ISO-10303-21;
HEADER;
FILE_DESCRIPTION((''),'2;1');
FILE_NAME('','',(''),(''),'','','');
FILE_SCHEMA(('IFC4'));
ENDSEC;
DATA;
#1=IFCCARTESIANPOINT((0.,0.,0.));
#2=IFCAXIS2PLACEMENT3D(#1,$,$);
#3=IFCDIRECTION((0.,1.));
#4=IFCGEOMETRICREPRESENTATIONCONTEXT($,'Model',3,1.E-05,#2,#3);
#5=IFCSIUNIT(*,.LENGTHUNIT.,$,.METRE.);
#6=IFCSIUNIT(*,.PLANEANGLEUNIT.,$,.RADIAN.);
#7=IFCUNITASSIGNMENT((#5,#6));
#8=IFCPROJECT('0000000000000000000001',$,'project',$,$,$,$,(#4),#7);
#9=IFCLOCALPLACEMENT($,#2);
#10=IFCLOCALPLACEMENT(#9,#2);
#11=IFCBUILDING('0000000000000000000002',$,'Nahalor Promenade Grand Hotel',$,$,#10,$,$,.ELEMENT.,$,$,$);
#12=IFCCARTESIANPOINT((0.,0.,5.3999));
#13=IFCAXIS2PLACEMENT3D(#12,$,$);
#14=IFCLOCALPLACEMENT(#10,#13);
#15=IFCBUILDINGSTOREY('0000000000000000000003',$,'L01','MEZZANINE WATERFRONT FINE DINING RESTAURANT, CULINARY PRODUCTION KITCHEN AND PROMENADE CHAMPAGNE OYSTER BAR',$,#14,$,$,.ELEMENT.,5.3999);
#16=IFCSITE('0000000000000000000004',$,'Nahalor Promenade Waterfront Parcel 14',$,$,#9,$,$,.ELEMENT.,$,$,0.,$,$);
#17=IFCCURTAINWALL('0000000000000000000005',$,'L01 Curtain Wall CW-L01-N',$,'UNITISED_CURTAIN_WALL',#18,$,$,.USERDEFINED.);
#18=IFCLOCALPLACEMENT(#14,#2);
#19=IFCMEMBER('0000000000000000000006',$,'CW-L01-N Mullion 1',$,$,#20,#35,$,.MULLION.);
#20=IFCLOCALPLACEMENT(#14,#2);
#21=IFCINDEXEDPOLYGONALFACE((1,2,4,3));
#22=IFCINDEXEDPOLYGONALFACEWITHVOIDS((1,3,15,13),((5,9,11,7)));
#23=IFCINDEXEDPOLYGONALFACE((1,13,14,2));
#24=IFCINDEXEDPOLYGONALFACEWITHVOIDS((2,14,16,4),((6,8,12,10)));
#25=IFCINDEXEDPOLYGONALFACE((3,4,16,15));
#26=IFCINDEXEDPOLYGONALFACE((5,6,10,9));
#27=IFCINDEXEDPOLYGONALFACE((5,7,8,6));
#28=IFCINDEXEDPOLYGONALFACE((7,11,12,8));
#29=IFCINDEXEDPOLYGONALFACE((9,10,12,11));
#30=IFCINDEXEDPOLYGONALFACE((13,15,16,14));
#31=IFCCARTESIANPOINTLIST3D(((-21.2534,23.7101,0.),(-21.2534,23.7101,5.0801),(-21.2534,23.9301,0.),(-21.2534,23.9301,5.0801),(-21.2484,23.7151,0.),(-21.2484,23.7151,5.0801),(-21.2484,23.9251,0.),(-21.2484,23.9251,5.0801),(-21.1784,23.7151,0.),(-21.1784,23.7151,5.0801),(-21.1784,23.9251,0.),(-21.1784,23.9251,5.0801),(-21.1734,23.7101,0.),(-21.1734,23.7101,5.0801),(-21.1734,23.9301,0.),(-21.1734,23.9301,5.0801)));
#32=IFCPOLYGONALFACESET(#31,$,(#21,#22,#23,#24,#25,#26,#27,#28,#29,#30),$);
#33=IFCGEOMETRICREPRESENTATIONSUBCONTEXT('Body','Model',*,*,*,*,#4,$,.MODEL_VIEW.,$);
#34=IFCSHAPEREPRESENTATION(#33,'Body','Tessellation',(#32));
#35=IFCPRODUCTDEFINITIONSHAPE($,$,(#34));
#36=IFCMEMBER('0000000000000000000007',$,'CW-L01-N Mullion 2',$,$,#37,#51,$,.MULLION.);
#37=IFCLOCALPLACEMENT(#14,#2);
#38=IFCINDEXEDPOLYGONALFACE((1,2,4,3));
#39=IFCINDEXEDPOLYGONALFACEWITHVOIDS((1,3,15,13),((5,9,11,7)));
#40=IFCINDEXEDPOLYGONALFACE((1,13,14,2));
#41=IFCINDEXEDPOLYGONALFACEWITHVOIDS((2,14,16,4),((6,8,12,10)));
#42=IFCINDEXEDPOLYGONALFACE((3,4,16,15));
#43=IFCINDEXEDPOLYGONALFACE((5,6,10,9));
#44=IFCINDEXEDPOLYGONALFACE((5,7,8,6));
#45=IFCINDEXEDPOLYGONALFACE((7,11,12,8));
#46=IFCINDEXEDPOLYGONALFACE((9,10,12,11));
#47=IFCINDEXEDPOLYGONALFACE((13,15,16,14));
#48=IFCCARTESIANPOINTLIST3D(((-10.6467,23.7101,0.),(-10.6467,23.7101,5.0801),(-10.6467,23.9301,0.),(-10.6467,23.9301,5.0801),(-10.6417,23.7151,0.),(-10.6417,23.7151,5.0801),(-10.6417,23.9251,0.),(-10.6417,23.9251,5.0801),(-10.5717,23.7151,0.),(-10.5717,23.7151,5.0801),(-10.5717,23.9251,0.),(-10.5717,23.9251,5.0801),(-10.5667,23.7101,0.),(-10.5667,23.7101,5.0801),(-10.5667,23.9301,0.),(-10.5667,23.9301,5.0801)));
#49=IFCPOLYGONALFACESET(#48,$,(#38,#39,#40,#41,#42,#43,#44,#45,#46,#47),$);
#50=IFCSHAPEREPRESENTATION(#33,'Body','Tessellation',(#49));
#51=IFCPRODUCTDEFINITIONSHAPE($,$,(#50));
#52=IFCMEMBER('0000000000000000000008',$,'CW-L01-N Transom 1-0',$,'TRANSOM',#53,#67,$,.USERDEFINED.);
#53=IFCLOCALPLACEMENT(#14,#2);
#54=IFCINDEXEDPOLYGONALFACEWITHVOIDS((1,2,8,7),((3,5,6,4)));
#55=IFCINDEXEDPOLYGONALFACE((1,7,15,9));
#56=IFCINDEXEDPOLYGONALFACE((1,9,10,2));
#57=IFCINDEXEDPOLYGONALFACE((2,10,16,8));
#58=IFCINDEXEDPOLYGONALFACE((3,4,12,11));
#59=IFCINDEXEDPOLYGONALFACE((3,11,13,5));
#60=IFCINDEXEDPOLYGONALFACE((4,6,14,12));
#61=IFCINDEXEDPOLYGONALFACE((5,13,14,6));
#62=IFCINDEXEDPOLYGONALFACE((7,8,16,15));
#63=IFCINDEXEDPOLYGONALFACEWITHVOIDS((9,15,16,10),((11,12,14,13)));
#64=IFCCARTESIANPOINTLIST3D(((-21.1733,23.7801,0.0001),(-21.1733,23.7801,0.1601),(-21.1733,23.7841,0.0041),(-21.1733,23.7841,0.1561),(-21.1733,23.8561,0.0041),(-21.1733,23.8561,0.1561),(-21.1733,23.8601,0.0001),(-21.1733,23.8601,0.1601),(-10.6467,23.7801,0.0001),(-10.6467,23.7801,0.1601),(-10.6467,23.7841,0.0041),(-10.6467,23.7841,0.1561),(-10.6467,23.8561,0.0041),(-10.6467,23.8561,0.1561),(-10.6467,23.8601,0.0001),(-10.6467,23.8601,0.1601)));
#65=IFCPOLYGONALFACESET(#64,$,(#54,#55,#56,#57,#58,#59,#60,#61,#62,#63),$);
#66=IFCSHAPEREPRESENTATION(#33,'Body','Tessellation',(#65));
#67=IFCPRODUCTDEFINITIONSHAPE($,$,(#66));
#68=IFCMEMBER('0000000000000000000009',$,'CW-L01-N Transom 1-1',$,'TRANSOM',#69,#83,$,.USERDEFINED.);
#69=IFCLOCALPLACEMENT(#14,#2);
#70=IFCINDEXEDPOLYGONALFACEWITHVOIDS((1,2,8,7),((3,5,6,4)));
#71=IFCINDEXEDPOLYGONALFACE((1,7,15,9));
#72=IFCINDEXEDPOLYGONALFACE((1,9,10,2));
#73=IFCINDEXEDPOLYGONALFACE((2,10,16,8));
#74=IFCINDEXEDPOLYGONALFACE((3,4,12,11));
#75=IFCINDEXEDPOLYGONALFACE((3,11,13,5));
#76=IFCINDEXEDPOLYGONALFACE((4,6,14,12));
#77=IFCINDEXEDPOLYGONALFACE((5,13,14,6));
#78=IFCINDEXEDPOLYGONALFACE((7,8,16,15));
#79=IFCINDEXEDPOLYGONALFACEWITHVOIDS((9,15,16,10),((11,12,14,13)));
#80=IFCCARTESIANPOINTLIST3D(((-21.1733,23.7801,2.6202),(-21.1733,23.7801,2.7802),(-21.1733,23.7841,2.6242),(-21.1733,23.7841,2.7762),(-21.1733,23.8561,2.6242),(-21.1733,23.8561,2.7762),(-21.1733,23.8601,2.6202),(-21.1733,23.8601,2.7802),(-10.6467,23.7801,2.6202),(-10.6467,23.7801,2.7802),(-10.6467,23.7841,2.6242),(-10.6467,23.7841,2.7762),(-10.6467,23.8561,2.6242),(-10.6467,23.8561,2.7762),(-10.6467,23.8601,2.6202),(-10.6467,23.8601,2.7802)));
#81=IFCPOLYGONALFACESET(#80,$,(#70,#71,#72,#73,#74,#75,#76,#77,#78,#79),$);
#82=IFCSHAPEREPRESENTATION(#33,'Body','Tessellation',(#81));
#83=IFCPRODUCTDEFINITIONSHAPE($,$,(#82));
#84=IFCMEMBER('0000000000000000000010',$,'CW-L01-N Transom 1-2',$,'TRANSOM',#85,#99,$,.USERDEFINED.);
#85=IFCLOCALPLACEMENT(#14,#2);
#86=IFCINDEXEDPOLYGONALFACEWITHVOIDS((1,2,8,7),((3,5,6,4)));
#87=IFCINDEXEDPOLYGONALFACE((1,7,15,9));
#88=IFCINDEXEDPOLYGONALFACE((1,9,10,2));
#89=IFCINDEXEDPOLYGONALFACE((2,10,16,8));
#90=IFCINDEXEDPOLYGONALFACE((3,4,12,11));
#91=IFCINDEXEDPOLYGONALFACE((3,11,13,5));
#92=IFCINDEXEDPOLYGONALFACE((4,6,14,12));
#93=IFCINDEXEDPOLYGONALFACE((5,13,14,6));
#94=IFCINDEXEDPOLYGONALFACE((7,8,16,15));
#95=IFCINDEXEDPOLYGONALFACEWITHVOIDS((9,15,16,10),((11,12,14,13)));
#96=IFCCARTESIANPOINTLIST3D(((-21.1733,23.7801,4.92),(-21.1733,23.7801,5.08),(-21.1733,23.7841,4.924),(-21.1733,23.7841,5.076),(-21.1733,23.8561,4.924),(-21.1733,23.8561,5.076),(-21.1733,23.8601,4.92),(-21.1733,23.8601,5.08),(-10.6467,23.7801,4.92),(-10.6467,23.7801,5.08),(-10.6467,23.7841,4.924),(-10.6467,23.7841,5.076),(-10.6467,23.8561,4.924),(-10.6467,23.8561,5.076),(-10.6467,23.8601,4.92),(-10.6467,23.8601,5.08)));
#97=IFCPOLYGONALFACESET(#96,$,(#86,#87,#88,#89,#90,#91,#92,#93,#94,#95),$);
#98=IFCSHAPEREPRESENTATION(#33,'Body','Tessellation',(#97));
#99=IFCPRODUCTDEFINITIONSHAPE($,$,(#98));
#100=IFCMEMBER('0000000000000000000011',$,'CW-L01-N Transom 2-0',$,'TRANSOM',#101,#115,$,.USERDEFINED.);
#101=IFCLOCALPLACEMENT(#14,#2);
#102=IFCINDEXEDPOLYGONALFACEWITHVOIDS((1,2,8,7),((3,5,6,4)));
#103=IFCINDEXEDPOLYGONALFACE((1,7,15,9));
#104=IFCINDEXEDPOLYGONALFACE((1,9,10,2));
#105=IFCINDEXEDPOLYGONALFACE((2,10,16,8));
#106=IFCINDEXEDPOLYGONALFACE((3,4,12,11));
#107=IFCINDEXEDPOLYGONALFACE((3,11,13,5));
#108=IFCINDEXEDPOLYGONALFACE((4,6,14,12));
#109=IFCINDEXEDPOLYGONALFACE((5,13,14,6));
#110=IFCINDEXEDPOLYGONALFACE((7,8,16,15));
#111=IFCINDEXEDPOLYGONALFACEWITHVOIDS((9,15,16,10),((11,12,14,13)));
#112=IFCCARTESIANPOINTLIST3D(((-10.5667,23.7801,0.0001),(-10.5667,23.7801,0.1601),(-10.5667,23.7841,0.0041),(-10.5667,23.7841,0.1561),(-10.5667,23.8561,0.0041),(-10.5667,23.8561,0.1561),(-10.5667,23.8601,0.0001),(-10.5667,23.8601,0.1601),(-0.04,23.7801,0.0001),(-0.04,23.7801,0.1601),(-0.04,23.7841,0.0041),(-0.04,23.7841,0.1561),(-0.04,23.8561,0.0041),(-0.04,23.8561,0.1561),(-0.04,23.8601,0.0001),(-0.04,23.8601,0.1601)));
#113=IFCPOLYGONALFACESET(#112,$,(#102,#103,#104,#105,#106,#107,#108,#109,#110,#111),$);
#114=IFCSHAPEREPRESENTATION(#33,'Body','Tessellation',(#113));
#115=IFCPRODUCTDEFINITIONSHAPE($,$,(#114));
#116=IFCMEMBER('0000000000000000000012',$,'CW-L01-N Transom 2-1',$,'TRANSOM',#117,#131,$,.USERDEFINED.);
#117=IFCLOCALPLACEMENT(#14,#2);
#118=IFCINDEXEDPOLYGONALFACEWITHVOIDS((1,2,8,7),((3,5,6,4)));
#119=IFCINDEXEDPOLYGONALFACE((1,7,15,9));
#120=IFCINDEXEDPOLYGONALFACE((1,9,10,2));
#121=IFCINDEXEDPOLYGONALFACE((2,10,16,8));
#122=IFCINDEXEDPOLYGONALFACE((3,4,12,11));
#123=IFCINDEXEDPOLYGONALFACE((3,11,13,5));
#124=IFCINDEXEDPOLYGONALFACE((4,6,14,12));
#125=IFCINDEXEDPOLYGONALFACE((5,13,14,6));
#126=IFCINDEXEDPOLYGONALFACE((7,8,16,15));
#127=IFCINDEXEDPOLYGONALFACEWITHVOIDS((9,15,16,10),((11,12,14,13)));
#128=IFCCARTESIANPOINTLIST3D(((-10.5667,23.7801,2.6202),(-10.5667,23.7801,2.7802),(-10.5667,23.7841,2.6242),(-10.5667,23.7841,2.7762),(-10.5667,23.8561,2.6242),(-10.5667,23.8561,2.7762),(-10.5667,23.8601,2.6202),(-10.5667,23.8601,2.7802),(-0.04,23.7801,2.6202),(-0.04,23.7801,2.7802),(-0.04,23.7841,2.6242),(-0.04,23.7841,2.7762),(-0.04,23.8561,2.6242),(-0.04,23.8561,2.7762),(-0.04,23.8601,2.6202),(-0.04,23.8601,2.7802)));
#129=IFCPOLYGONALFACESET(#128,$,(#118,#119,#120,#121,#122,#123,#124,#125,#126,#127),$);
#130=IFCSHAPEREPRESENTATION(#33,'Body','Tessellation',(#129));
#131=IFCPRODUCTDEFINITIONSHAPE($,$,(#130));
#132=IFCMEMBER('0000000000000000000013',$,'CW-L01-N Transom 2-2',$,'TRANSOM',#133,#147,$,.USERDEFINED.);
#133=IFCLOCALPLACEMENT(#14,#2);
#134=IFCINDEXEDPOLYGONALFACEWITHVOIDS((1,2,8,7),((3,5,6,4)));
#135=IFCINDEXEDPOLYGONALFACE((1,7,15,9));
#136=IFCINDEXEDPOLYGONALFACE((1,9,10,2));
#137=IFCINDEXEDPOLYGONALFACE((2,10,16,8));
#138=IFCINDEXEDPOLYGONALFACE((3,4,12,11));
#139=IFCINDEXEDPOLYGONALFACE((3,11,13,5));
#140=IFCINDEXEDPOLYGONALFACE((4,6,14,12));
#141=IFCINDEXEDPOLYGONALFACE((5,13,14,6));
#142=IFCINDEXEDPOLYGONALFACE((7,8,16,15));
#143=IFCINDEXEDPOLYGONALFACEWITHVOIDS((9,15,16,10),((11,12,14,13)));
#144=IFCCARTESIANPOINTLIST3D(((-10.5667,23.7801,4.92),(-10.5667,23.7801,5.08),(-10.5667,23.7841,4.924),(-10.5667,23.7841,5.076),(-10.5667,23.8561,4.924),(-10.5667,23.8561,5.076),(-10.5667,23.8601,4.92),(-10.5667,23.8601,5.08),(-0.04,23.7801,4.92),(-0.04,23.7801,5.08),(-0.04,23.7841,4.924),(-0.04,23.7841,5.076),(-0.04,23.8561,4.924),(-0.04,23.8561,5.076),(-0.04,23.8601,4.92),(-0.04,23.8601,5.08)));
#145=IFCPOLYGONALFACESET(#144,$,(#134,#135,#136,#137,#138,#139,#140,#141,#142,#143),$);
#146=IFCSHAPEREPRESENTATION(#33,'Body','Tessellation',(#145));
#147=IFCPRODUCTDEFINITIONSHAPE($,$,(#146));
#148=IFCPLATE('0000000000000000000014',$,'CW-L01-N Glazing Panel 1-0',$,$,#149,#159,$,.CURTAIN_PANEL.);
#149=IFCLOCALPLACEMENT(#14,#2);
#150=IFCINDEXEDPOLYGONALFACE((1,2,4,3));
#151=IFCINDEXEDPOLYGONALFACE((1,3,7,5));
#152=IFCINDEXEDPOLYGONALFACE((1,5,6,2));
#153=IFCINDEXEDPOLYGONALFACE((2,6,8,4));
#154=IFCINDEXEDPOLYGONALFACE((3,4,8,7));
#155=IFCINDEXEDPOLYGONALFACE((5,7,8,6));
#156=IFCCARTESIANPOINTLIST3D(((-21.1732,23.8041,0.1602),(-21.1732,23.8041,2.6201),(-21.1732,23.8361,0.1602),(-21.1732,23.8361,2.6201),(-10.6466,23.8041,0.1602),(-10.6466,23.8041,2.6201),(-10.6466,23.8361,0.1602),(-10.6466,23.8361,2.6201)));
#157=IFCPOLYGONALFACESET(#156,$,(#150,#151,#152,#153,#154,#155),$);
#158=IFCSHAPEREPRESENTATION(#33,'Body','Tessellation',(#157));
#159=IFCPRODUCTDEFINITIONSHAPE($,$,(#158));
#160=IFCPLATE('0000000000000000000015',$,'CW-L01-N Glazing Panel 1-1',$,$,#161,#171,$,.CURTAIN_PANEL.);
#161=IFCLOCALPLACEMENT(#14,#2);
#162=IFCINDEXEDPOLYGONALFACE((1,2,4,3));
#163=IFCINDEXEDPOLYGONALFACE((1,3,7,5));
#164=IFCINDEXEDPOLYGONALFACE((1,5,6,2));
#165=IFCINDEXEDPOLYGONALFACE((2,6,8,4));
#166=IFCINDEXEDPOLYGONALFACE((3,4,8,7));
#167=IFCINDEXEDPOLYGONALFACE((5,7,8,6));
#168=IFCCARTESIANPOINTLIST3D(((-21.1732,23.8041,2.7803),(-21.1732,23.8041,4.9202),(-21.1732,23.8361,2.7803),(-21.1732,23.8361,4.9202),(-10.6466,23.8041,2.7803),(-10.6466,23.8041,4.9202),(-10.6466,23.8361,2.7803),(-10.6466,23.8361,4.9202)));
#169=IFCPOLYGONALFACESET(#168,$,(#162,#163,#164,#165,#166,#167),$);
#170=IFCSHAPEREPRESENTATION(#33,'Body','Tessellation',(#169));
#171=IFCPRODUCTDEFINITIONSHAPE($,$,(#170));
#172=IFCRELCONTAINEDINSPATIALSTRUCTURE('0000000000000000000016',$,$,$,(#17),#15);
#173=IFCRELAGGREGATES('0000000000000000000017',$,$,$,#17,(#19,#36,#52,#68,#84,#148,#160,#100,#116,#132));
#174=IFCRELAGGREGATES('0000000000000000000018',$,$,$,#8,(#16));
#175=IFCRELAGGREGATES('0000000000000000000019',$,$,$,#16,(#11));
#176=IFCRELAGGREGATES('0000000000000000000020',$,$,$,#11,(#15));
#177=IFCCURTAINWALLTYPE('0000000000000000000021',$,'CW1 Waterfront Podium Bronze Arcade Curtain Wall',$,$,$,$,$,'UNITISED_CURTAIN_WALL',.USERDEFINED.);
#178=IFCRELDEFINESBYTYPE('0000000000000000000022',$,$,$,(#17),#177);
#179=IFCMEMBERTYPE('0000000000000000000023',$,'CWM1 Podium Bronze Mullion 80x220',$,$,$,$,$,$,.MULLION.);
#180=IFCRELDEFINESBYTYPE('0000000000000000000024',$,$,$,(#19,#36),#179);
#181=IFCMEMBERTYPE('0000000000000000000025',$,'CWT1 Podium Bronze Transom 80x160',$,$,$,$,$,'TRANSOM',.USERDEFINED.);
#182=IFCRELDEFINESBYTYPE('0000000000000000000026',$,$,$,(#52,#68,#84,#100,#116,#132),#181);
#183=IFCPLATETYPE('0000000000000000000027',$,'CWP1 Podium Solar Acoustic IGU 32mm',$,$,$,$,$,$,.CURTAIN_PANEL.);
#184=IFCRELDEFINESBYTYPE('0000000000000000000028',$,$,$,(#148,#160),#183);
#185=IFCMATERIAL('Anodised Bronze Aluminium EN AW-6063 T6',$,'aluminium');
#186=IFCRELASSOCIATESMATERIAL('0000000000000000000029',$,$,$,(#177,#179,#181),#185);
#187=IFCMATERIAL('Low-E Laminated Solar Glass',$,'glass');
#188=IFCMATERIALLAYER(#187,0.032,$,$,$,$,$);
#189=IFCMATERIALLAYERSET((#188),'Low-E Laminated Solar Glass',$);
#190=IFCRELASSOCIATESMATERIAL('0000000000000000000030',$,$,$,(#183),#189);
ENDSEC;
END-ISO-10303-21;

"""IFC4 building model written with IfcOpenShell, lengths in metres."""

from ifc_helpers import new_model, si_unit, direction, frame, origin, origin_2d, place, context, subcontext, project, spatial, rectangle, hollow_rectangle, extrude, source, transform, mapped, material, layer, layer_set, material_profile, profile_set, type_object, element, aggregate, save


model = new_model("IFC4")

# Units and contexts
model_context = context("Model", 3, precision=1e-05, world=origin(), true_north=direction((0.0, 1.0)))
body_context = subcontext(model_context, "Body", "Model", "MODEL_VIEW")
ifc_project = project(units=[si_unit("LENGTHUNIT", "METRE"), si_unit("PLANEANGLEUNIT", "RADIAN")], contexts=[model_context])

# Site, building, storey
site_placement = place(None, origin())
site = spatial("IfcSite", under=ifc_project, at=site_placement, Name="Nahalor Promenade Waterfront Parcel 14", CompositionType="ELEMENT", RefElevation=0.0)
building_placement = place(site_placement, origin())
building = spatial("IfcBuilding", under=site, at=building_placement, Name="Nahalor Promenade Grand Hotel", CompositionType="ELEMENT")
storey_placement = place(building_placement, frame((0.0, 0.0, 5.3999)))
storey = spatial("IfcBuildingStorey", under=building, at=storey_placement, Name="L01", Description="MEZZANINE WATERFRONT FINE DINING RESTAURANT, CULINARY PRODUCTION KITCHEN AND PROMENADE CHAMPAGNE OYSTER BAR", CompositionType="ELEMENT", Elevation=5.3999)

# Curtain wall, members, plates
ifc_material_1 = material(Name="Anodised Bronze Aluminium EN AW-6063 T6", Category="aluminium")
curtain_wall_type = type_object("IfcCurtainWallType", Name="CW1 Waterfront Podium Bronze Arcade Curtain Wall", ElementType="UNITISED_CURTAIN_WALL", PredefinedType="USERDEFINED", material=ifc_material_1)
curtain_wall_placement = place(storey_placement, origin())
curtain_wall = element("IfcCurtainWall", 1, at=curtain_wall_placement, inside=storey, type_object=curtain_wall_type, Name="L01 Curtain Wall CW-L01-N", ObjectType="UNITISED_CURTAIN_WALL", PredefinedType="USERDEFINED")
ifc_material_profile_1 = material_profile(ifc_material_1, hollow_rectangle(XDim=0.08, YDim=0.22, WallThickness=0.005, at=origin_2d()), Name="CWM 80x220x5")
ifc_profile_set_1 = profile_set([ifc_material_profile_1], Name="Anodised Bronze Aluminium EN AW-6063 T6")
member_type_1 = type_object("IfcMemberType", Name="CWM1 Podium Bronze Mullion 80x220", PredefinedType="MULLION", material=ifc_profile_set_1)
shared_shape_1 = source(origin(), body_context, "Body", "SweptSolid", [
    extrude(hollow_rectangle(XDim=0.08, YDim=0.22, WallThickness=0.005, at=origin_2d()), origin(), (0.0, 0.0, 1.0), 5.0801),
])
member_1_placement = place(storey_placement, frame((-21.2134, 23.8201, 0.0), z_axis=(0.0, 0.0, 1.0), x_axis=(1.0, 0.0, 0.0)))
member_1 = element("IfcMember", 2, at=member_1_placement, type_object=member_type_1, Name="CW-L01-N Mullion 1", PredefinedType="MULLION", context=body_context, shape_type="MappedRepresentation", body=[
    mapped(shared_shape_1, transform((0.0, 0.0, 0.0), scale=1.0)),
])
member_2_placement = place(storey_placement, frame((-10.6067, 23.8201, 0.0), z_axis=(0.0, 0.0, 1.0), x_axis=(1.0, 0.0, 0.0)))
member_2 = element("IfcMember", 3, at=member_2_placement, type_object=member_type_1, Name="CW-L01-N Mullion 2", PredefinedType="MULLION", context=body_context, shape_type="MappedRepresentation", body=[
    mapped(shared_shape_1, transform((0.0, 0.0, 0.0), scale=1.0)),
])
ifc_material_profile_2 = material_profile(ifc_material_1, hollow_rectangle(XDim=0.08, YDim=0.16, WallThickness=0.004, at=origin_2d()), Name="CWT 80x160x4")
ifc_profile_set_2 = profile_set([ifc_material_profile_2], Name="Anodised Bronze Aluminium EN AW-6063 T6")
member_type_2 = type_object("IfcMemberType", Name="CWT1 Podium Bronze Transom 80x160", ElementType="TRANSOM", PredefinedType="USERDEFINED", material=ifc_profile_set_2)
shared_shape_2 = source(origin(), body_context, "Body", "SweptSolid", [
    extrude(hollow_rectangle(XDim=0.08, YDim=0.16, WallThickness=0.004, at=origin_2d()), origin(), (0.0, 0.0, 1.0), 10.5266),
])
member_3_placement = place(storey_placement, frame((-21.1733, 23.8201, 0.0801), z_axis=(1.0, 0.0, 0.0), x_axis=(0.0, 1.0, 0.0)))
member_3 = element("IfcMember", 4, at=member_3_placement, type_object=member_type_2, Name="CW-L01-N Transom 1-0", ObjectType="TRANSOM", PredefinedType="USERDEFINED", context=body_context, shape_type="MappedRepresentation", body=[
    mapped(shared_shape_2, transform((0.0, 0.0, 0.0), scale=1.0)),
])
member_4_placement = place(storey_placement, frame((-21.1733, 23.8201, 2.7002), z_axis=(1.0, 0.0, 0.0), x_axis=(0.0, 1.0, 0.0)))
member_4 = element("IfcMember", 5, at=member_4_placement, type_object=member_type_2, Name="CW-L01-N Transom 1-1", ObjectType="TRANSOM", PredefinedType="USERDEFINED", context=body_context, shape_type="MappedRepresentation", body=[
    mapped(shared_shape_2, transform((0.0, 0.0, 0.0), scale=1.0)),
])
member_5_placement = place(storey_placement, frame((-21.1733, 23.8201, 5.0), z_axis=(1.0, 0.0, 0.0), x_axis=(0.0, 1.0, 0.0)))
member_5 = element("IfcMember", 6, at=member_5_placement, type_object=member_type_2, Name="CW-L01-N Transom 1-2", ObjectType="TRANSOM", PredefinedType="USERDEFINED", context=body_context, shape_type="MappedRepresentation", body=[
    mapped(shared_shape_2, transform((0.0, 0.0, 0.0), scale=1.0)),
])
member_6_placement = place(storey_placement, frame((-10.5667, 23.8201, 0.0801), z_axis=(1.0, 0.0, 0.0), x_axis=(0.0, 1.0, 0.0)))
member_6 = element("IfcMember", 7, at=member_6_placement, type_object=member_type_2, Name="CW-L01-N Transom 2-0", ObjectType="TRANSOM", PredefinedType="USERDEFINED", context=body_context, shape_type="MappedRepresentation", body=[
    mapped(shared_shape_2, transform((0.0, 0.0, 0.0), scale=1.0)),
])
member_7_placement = place(storey_placement, frame((-10.5667, 23.8201, 2.7002), z_axis=(1.0, 0.0, 0.0), x_axis=(0.0, 1.0, 0.0)))
member_7 = element("IfcMember", 8, at=member_7_placement, type_object=member_type_2, Name="CW-L01-N Transom 2-1", ObjectType="TRANSOM", PredefinedType="USERDEFINED", context=body_context, shape_type="MappedRepresentation", body=[
    mapped(shared_shape_2, transform((0.0, 0.0, 0.0), scale=1.0)),
])
member_8_placement = place(storey_placement, frame((-10.5667, 23.8201, 5.0), z_axis=(1.0, 0.0, 0.0), x_axis=(0.0, 1.0, 0.0)))
member_8 = element("IfcMember", 9, at=member_8_placement, type_object=member_type_2, Name="CW-L01-N Transom 2-2", ObjectType="TRANSOM", PredefinedType="USERDEFINED", context=body_context, shape_type="MappedRepresentation", body=[
    mapped(shared_shape_2, transform((0.0, 0.0, 0.0), scale=1.0)),
])
ifc_material_2 = material(Name="Low-E Laminated Solar Glass", Category="glass")
ifc_layer = layer(ifc_material_2, 0.032)
ifc_layer_set = layer_set([ifc_layer], Name="Low-E Laminated Solar Glass")
plate_type = type_object("IfcPlateType", Name="CWP1 Podium Solar Acoustic IGU 32mm", PredefinedType="CURTAIN_PANEL", material=ifc_layer_set)
shared_shape_3 = source(origin(), body_context, "Body", "SweptSolid", [
    extrude(rectangle(XDim=10.5266, YDim=0.032, at=origin_2d()), origin(), (0.0, 0.0, 1.0), 2.46),
])
plate_1_placement = place(storey_placement, frame((-15.9099, 23.8201, 0.1602), z_axis=(0.0, 0.0, 1.0), x_axis=(1.0, 0.0, 0.0)))
plate_1 = element("IfcPlate", 10, at=plate_1_placement, type_object=plate_type, Name="CW-L01-N Glazing Panel 1-0", PredefinedType="CURTAIN_PANEL", context=body_context, shape_type="MappedRepresentation", body=[
    mapped(shared_shape_3, transform((0.0, 0.0, 0.0), scale=1.0)),
])
shared_shape_4 = source(origin(), body_context, "Body", "SweptSolid", [
    extrude(rectangle(XDim=10.5266, YDim=0.032, at=origin_2d()), origin(), (0.0, 0.0, 1.0), 2.1399),
])
plate_2_placement = place(storey_placement, frame((-15.9099, 23.8201, 2.7803), z_axis=(0.0, 0.0, 1.0), x_axis=(1.0, 0.0, 0.0)))
plate_2 = element("IfcPlate", 11, at=plate_2_placement, type_object=plate_type, Name="CW-L01-N Glazing Panel 1-1", PredefinedType="CURTAIN_PANEL", context=body_context, shape_type="MappedRepresentation", body=[
    mapped(shared_shape_4, transform((0.0, 0.0, 0.0), scale=1.0)),
])
aggregate(curtain_wall, [member_1, member_2, member_3, member_4, member_5, plate_1, plate_2, member_6, member_7, member_8])

save(model, "model.ifc")
